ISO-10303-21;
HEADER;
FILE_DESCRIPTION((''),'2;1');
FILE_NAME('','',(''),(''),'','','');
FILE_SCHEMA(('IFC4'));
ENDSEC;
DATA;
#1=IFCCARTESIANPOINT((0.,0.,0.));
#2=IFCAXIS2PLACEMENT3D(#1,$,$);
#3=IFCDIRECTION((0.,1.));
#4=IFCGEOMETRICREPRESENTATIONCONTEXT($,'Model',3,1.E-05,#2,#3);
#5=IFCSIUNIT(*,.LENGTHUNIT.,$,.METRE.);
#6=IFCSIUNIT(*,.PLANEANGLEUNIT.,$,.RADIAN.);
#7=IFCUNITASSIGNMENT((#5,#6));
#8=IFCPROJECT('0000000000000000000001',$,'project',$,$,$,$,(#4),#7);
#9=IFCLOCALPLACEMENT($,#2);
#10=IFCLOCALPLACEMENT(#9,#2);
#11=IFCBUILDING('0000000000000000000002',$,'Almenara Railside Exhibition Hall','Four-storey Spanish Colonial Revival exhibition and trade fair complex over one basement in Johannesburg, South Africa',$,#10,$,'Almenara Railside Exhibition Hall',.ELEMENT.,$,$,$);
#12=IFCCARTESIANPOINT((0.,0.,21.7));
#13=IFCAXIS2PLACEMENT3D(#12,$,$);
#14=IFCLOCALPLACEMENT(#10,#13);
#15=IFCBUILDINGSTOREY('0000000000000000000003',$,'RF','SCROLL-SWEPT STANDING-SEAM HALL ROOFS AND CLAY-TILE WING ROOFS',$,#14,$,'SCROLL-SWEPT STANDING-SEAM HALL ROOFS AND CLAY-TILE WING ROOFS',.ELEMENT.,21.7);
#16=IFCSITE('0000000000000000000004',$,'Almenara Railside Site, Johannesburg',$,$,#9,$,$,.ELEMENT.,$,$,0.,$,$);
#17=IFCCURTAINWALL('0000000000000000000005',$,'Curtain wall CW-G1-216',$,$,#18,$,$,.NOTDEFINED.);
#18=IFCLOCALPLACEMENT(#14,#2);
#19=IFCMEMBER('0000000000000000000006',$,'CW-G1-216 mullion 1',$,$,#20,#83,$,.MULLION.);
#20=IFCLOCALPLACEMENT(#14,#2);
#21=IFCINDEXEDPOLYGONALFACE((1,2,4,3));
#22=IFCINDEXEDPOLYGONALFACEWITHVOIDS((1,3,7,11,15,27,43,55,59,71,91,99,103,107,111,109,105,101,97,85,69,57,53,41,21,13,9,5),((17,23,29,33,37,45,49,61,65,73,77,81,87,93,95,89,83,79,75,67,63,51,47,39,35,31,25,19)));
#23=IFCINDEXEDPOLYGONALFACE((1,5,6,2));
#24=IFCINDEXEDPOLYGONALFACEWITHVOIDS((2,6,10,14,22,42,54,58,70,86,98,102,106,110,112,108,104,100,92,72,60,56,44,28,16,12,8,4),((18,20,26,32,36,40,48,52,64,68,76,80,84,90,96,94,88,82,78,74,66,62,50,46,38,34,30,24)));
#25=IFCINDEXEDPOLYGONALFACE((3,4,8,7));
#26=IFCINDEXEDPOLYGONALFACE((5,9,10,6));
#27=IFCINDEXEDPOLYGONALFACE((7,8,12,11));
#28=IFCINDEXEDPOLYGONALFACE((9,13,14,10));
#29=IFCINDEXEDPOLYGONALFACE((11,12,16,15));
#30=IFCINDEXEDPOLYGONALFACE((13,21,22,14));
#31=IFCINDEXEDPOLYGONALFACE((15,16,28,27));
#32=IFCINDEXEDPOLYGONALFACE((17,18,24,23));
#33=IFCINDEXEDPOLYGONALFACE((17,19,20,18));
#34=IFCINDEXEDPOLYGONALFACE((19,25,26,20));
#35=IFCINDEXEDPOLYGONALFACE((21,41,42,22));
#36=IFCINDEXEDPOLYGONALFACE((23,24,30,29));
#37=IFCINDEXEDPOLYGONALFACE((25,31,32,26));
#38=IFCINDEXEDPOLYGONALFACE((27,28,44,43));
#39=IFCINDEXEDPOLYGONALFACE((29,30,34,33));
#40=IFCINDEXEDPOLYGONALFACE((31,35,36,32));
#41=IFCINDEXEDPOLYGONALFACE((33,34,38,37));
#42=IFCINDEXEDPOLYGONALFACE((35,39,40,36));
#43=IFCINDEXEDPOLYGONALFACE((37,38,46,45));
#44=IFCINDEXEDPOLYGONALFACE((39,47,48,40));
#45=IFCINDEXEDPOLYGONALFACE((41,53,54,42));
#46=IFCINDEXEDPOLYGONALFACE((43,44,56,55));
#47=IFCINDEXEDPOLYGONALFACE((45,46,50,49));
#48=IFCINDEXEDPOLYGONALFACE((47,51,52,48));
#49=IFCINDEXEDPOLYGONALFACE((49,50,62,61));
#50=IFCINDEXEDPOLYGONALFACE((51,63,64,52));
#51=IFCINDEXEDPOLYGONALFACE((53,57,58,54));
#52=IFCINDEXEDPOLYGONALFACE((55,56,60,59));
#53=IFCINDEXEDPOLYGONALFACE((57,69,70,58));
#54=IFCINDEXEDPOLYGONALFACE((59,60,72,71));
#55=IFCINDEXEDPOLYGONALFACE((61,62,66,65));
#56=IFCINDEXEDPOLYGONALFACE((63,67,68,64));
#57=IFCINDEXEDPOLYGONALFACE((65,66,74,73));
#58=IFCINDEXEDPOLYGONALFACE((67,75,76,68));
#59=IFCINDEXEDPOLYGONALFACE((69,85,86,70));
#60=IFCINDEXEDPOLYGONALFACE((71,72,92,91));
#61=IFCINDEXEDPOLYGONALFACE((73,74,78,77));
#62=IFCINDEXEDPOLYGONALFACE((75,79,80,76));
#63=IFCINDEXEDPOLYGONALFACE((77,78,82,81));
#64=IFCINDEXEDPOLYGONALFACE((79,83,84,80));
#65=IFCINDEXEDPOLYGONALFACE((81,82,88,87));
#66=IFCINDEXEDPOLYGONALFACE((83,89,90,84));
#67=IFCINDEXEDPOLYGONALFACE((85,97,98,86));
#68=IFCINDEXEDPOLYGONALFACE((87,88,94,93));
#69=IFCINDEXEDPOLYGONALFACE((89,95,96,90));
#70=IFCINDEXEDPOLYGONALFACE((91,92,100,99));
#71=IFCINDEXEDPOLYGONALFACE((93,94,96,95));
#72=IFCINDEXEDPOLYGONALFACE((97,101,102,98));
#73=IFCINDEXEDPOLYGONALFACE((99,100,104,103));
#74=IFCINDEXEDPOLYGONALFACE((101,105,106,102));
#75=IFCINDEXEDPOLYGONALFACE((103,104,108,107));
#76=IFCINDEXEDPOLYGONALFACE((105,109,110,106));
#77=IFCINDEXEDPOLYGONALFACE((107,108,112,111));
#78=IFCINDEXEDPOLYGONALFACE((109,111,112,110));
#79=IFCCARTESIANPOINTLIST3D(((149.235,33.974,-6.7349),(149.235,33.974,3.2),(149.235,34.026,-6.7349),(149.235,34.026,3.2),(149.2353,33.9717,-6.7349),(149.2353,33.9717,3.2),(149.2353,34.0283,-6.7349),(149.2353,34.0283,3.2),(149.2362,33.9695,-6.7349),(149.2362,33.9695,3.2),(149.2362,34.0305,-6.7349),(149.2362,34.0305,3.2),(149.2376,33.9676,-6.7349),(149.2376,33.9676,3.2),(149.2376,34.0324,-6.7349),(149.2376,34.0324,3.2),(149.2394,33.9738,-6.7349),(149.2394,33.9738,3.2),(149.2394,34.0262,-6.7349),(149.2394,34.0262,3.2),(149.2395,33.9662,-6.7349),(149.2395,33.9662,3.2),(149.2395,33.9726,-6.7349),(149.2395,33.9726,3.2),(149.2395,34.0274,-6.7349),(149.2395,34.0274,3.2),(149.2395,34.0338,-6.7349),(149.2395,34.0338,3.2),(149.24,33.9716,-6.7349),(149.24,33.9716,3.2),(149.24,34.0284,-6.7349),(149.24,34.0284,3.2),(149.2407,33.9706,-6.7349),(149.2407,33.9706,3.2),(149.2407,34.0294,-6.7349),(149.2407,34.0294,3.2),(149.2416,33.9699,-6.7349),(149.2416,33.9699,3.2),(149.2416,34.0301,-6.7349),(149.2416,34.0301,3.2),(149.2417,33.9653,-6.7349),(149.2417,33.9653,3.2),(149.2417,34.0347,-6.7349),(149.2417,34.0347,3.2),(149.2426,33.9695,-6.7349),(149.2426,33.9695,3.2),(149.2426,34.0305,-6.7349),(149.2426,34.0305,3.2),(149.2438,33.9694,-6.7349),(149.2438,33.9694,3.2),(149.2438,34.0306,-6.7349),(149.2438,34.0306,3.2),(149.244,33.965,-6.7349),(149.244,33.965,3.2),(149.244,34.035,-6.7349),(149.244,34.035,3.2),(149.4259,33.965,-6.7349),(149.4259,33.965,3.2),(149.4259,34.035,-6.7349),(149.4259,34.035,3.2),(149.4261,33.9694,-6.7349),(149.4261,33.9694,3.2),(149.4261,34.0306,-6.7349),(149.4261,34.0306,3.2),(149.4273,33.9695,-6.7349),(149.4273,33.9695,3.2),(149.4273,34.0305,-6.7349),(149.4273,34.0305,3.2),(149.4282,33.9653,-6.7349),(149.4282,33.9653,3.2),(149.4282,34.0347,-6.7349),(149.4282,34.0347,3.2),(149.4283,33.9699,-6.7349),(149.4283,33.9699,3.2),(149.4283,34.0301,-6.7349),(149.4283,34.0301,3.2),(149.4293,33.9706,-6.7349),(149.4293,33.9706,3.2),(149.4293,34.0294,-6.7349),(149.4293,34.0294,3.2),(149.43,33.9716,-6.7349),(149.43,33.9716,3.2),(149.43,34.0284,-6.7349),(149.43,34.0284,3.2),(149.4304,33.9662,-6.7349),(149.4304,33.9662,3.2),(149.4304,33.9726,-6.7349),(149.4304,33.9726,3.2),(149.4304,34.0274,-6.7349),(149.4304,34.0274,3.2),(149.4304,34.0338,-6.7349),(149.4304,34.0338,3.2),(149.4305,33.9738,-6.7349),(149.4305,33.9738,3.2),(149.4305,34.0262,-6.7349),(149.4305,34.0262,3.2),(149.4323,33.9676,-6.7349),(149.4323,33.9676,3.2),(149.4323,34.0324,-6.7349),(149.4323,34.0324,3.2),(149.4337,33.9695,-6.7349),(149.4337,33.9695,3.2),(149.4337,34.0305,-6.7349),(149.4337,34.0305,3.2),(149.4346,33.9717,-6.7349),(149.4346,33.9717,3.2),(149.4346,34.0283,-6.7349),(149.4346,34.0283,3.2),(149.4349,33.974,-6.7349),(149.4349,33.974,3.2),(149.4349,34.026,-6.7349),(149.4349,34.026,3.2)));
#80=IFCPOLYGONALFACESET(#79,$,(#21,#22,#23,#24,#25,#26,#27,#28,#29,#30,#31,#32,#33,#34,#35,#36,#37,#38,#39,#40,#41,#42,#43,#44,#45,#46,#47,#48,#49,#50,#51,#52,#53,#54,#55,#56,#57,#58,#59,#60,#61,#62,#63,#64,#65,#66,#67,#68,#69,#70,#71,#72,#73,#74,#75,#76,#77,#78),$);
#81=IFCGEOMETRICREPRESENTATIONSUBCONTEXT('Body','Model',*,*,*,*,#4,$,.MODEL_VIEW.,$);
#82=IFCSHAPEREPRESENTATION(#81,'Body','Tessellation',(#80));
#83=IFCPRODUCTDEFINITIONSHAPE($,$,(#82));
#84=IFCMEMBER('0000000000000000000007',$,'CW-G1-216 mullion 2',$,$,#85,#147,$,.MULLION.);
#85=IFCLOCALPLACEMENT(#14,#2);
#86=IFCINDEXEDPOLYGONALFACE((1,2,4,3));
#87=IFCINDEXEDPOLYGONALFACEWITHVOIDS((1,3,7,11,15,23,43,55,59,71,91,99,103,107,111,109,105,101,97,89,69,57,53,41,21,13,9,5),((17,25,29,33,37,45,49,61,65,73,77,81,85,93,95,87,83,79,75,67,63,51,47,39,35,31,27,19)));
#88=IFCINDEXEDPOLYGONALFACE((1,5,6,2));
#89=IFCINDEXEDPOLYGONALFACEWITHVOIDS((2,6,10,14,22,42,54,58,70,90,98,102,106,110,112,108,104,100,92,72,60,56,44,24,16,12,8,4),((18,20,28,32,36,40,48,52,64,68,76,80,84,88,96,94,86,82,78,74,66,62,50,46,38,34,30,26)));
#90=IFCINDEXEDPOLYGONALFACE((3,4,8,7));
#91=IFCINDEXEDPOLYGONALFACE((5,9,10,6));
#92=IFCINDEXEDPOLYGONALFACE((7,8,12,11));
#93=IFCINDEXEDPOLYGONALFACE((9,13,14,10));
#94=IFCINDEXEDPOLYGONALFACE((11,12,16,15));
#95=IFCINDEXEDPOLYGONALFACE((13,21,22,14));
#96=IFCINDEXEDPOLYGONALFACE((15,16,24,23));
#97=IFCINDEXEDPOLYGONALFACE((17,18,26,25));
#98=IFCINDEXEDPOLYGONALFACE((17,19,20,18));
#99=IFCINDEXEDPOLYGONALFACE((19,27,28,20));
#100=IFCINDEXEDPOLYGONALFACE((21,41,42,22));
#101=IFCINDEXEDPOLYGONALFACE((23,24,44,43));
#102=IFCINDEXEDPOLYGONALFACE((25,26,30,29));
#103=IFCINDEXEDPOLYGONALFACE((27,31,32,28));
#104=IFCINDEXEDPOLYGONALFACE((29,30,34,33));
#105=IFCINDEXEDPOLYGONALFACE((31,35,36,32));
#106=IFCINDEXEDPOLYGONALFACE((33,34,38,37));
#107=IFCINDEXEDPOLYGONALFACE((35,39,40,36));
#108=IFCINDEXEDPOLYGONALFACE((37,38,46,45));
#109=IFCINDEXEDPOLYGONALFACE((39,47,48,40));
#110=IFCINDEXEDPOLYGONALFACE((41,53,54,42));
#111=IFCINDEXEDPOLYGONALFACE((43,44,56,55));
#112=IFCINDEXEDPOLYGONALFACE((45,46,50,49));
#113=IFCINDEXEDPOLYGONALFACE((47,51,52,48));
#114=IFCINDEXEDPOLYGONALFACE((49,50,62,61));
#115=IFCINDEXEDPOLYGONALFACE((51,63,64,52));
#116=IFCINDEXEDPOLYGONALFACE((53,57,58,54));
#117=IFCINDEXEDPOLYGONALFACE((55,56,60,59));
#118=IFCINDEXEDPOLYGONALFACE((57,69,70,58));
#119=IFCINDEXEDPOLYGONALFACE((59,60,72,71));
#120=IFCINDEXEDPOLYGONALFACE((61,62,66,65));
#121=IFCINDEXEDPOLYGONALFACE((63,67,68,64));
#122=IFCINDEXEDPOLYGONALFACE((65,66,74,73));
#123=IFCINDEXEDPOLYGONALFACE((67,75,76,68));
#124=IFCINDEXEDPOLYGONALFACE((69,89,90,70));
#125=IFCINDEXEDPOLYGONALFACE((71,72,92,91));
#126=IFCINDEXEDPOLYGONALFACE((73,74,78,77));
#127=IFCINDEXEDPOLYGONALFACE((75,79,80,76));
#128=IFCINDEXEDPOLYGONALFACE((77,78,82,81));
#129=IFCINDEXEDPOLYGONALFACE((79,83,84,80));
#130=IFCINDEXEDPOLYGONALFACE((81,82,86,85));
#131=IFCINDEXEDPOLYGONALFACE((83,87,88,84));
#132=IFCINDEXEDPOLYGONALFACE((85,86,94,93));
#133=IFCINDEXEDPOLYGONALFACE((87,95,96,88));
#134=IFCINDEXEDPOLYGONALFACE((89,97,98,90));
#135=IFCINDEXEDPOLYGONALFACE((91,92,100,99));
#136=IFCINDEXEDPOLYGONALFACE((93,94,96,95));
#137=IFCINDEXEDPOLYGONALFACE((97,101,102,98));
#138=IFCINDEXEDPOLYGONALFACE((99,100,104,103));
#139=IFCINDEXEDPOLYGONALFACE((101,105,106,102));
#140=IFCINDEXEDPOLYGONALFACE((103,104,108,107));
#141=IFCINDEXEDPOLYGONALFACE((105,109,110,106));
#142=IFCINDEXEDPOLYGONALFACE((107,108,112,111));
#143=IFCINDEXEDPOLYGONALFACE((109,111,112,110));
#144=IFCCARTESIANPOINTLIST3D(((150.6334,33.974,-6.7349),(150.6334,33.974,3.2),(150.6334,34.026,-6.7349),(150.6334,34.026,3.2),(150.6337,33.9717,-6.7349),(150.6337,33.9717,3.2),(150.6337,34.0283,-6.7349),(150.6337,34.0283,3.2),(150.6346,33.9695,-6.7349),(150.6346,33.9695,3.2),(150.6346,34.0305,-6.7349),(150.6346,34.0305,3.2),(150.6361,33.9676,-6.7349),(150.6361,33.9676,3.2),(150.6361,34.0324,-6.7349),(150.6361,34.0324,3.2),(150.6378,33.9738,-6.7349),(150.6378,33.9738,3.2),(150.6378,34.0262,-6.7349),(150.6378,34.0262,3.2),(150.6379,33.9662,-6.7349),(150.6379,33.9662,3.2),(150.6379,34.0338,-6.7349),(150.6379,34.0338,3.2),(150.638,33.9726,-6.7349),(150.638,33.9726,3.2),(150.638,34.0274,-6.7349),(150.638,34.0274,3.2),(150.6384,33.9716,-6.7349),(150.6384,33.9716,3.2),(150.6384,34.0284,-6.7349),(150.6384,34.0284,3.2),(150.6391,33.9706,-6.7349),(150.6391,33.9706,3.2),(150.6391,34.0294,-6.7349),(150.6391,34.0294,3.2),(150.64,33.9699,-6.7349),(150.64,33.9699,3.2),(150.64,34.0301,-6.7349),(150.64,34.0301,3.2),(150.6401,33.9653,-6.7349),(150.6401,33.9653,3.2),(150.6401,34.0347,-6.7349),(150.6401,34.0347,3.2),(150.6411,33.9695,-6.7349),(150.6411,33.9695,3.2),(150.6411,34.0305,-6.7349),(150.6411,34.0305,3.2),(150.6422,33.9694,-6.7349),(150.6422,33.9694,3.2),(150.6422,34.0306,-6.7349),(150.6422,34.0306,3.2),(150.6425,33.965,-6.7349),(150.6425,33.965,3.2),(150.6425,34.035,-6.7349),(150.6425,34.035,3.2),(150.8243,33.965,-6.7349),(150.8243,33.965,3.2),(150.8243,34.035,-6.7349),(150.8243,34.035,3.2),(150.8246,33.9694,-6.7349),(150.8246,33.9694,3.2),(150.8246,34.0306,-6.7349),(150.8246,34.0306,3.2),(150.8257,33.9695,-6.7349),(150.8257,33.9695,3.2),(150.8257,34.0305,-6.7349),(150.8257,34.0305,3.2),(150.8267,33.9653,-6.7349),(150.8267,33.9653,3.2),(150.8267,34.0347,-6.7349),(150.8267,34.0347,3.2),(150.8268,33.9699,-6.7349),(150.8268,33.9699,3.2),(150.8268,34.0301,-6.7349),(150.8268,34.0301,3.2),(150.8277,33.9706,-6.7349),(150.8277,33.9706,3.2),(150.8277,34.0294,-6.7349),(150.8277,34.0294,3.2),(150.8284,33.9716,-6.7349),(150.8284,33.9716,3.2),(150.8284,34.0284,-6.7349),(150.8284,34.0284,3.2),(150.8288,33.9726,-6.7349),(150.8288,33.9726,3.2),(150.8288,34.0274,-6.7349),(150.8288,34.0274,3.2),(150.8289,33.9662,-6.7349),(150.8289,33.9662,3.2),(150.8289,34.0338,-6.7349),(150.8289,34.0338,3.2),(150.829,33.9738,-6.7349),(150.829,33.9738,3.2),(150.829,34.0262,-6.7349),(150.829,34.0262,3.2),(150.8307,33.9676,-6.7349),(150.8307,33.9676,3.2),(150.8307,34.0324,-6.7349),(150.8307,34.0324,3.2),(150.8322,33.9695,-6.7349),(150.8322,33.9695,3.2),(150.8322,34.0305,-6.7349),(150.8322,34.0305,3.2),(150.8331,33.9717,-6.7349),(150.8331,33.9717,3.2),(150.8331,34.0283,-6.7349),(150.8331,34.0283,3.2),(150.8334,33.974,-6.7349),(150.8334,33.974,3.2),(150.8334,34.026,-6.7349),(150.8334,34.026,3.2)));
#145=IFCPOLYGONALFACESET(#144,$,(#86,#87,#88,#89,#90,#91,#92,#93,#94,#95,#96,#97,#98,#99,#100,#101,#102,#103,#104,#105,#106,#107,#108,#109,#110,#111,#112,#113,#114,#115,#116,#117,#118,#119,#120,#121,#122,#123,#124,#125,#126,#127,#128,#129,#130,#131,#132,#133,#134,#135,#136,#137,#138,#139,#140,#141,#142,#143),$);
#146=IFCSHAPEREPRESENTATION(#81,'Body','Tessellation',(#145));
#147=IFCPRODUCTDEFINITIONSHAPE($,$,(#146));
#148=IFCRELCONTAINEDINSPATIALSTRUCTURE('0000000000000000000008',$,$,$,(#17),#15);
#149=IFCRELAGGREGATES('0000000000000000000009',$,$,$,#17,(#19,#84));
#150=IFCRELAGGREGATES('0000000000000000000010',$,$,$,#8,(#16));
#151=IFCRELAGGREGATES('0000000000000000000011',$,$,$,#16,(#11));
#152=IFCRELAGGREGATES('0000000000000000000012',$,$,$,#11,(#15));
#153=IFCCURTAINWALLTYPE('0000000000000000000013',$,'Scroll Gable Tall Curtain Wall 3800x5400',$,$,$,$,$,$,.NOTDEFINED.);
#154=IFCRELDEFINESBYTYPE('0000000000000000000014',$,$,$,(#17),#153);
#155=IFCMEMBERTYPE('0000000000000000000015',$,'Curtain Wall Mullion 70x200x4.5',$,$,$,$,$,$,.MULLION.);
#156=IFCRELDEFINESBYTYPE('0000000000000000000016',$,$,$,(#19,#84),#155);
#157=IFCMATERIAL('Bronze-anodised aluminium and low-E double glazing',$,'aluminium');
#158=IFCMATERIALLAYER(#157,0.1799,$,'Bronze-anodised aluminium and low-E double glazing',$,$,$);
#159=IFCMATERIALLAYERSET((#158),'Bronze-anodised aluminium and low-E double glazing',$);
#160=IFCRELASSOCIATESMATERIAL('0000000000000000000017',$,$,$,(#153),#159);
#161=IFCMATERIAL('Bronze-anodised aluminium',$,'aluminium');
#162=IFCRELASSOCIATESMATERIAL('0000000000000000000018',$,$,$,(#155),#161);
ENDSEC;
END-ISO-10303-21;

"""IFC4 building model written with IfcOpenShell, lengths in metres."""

from ifc_helpers import new_model, si_unit, direction, frame, origin, origin_2d, place, context, subcontext, project, spatial, hollow_rectangle, extrude, material, layer, layer_set, material_profile, profile_set, type_object, element, aggregate, save


model = new_model("IFC4")

# Units and contexts
model_context = context("Model", 3, precision=1e-05, world=origin(), true_north=direction((0.0, 1.0)))
body_context = subcontext(model_context, "Body", "Model", "MODEL_VIEW")
ifc_project = project(units=[si_unit("LENGTHUNIT", "METRE"), si_unit("PLANEANGLEUNIT", "RADIAN")], contexts=[model_context])

# Site, building, storey
site_placement = place(None, origin())
site = spatial("IfcSite", under=ifc_project, at=site_placement, Name="Almenara Railside Site, Johannesburg", CompositionType="ELEMENT", RefElevation=0.0)
building_placement = place(site_placement, origin())
building = spatial("IfcBuilding", under=site, at=building_placement, Name="Almenara Railside Exhibition Hall", Description="Four-storey Spanish Colonial Revival exhibition and trade fair complex over one basement in Johannesburg, South Africa", LongName="Almenara Railside Exhibition Hall", CompositionType="ELEMENT")
storey_placement = place(building_placement, frame((0.0, 0.0, 21.7)))
storey = spatial("IfcBuildingStorey", under=building, at=storey_placement, Name="RF", Description="SCROLL-SWEPT STANDING-SEAM HALL ROOFS AND CLAY-TILE WING ROOFS", LongName="SCROLL-SWEPT STANDING-SEAM HALL ROOFS AND CLAY-TILE WING ROOFS", CompositionType="ELEMENT", Elevation=21.7)

# Shared definitions
ifc_material_1 = material(Name="Bronze-anodised aluminium and low-E double glazing", Category="aluminium")
ifc_material_2 = material(Name="Bronze-anodised aluminium", Category="aluminium")

# Curtain wall, members
ifc_layer_1 = layer(ifc_material_1, 0.1799, Name="Bronze-anodised aluminium and low-E double glazing")
ifc_layer_set_1 = layer_set([ifc_layer_1], Name="Bronze-anodised aluminium and low-E double glazing")
curtain_wall_type_1 = type_object("IfcCurtainWallType", Name="Scroll Gable Tall Curtain Wall 3800x5400", PredefinedType="NOTDEFINED", material=ifc_layer_set_1)
curtain_wall_1_placement = place(storey_placement, origin())
curtain_wall_1 = element("IfcCurtainWall", 1, at=curtain_wall_1_placement, inside=storey, type_object=curtain_wall_type_1, Name="Curtain wall CW-G1-216", PredefinedType="NOTDEFINED")
ifc_material_profile_1 = material_profile(ifc_material_2, hollow_rectangle(XDim=0.0701, YDim=0.2, WallThickness=0.0044, InnerFilletRadius=0.0044, OuterFilletRadius=0.009, at=origin_2d()), Name="ALU-MUL 70x200x4.5")
ifc_profile_set_1 = profile_set([ifc_material_profile_1], Name="Bronze-anodised aluminium")
member_type_1 = type_object("IfcMemberType", Name="Curtain Wall Mullion 70x200x4.5", PredefinedType="MULLION", material=ifc_profile_set_1)
member_1_placement = place(storey_placement, frame((149.335, 34.0, -6.7349), z_axis=(0.0, 0.0, 1.0), x_axis=(0.0, 1.0, 0.0)))
member_1 = element("IfcMember", 2, at=member_1_placement, type_object=member_type_1, Name="CW-G1-216 mullion 1", PredefinedType="MULLION", context=body_context, shape_type="SweptSolid", body=[
    extrude(hollow_rectangle(XDim=0.0701, YDim=0.2, WallThickness=0.0044, InnerFilletRadius=0.0044, OuterFilletRadius=0.009, at=origin_2d()), origin(), (0.0, 0.0, 1.0), 9.9348),
])
member_2_placement = place(storey_placement, frame((150.7334, 34.0, -6.7349), z_axis=(0.0, 0.0, 1.0), x_axis=(0.0, 1.0, 0.0)))
member_2 = element("IfcMember", 3, at=member_2_placement, type_object=member_type_1, Name="CW-G1-216 mullion 2", PredefinedType="MULLION", context=body_context, shape_type="SweptSolid", body=[
    extrude(hollow_rectangle(XDim=0.0701, YDim=0.2, WallThickness=0.0044, InnerFilletRadius=0.0044, OuterFilletRadius=0.009, at=origin_2d()), origin(), (0.0, 0.0, 1.0), 9.9348),
])

aggregate(curtain_wall_1, [member_1, member_2])

save(model, "model.ifc")
